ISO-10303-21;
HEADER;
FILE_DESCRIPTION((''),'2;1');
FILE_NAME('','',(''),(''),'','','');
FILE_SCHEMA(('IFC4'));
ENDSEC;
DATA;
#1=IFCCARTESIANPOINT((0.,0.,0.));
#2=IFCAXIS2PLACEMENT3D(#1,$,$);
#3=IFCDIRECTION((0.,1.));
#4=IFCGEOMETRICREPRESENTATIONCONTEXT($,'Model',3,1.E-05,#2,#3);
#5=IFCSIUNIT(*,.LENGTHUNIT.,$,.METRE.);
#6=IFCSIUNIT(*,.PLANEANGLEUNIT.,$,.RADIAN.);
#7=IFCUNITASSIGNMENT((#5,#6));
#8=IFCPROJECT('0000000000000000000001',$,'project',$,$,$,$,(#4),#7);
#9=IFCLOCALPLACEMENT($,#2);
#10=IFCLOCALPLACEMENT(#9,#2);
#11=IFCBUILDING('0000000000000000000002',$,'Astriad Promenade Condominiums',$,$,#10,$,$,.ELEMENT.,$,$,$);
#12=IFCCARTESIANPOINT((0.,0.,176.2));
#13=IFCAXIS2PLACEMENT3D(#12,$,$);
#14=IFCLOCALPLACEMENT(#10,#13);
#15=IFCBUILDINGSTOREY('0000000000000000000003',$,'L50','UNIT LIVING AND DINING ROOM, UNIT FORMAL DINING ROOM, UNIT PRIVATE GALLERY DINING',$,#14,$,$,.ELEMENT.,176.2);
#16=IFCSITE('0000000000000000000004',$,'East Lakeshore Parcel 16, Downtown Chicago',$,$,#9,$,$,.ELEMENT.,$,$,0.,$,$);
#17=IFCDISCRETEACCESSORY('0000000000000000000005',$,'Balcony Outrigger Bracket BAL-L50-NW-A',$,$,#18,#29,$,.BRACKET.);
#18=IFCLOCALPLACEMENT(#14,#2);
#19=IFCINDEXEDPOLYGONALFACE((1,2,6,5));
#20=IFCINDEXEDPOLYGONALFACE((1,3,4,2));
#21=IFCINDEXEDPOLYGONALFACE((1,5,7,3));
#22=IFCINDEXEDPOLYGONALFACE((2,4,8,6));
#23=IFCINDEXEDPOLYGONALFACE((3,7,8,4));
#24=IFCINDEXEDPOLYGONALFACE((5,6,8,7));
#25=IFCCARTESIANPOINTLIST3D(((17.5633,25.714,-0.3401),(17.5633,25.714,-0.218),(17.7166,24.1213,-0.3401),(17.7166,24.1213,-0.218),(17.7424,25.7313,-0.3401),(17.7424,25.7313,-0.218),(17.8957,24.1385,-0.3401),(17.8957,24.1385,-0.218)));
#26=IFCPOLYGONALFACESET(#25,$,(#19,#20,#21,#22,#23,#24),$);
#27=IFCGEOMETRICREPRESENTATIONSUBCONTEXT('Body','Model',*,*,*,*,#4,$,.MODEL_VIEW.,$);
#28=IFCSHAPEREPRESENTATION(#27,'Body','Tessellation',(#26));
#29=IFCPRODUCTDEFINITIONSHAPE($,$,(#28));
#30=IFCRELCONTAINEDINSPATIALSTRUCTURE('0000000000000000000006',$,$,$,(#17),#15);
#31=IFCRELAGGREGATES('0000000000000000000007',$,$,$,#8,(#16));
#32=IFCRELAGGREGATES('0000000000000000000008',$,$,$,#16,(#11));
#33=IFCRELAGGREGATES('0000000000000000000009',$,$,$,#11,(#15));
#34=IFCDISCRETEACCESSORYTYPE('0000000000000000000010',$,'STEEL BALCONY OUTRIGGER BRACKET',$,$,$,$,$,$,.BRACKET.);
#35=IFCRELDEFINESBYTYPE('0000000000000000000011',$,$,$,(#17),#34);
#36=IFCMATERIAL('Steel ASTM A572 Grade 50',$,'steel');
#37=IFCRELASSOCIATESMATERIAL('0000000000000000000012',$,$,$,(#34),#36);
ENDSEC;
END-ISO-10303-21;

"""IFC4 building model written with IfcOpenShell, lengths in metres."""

from ifc_helpers import new_model, si_unit, direction, frame, origin, origin_2d, place, context, subcontext, project, spatial, rectangle, extrude, source, transform, mapped, material, type_object, type_shapes, element, save


model = new_model("IFC4")

# Units and contexts
model_context = context("Model", 3, precision=1e-05, world=origin(), true_north=direction((0.0, 1.0)))
body_context = subcontext(model_context, "Body", "Model", "MODEL_VIEW")
ifc_project = project(units=[si_unit("LENGTHUNIT", "METRE"), si_unit("PLANEANGLEUNIT", "RADIAN")], contexts=[model_context])

# Site, building, storey
site_placement = place(None, origin())
site = spatial("IfcSite", under=ifc_project, at=site_placement, Name="East Lakeshore Parcel 16, Downtown Chicago", CompositionType="ELEMENT", RefElevation=0.0)
building_placement = place(site_placement, origin())
building = spatial("IfcBuilding", under=site, at=building_placement, Name="Astriad Promenade Condominiums", CompositionType="ELEMENT")
storey_placement = place(building_placement, frame((0.0, 0.0, 176.2)))
storey = spatial("IfcBuildingStorey", under=building, at=storey_placement, Name="L50", Description="UNIT LIVING AND DINING ROOM, UNIT FORMAL DINING ROOM, UNIT PRIVATE GALLERY DINING", CompositionType="ELEMENT", Elevation=176.2)

# Discrete accessory
ifc_material_1 = material(Name="Steel ASTM A572 Grade 50", Category="steel")
discrete_accessory_type = type_object("IfcDiscreteAccessoryType", Name="STEEL BALCONY OUTRIGGER BRACKET", PredefinedType="BRACKET", material=ifc_material_1)
shared_shape_1 = source(origin(), body_context, "Body", "SweptSolid", [
    extrude(rectangle(XDim=1.6001, YDim=0.1799, at=origin_2d()), origin(), (0.0, 0.0, 1.0), 0.1221),
])
type_shapes(discrete_accessory_type, [shared_shape_1])
discrete_accessory_placement = place(storey_placement, frame((17.7295, 24.9263, -0.3401), z_axis=(0.0, 0.0, 1.0), x_axis=(-0.095846, 0.995396, 0.0)))
element("IfcDiscreteAccessory", 1, at=discrete_accessory_placement, inside=storey, type_object=discrete_accessory_type, Name="Balcony Outrigger Bracket BAL-L50-NW-A", PredefinedType="BRACKET", context=body_context, shape_type="MappedRepresentation", body=[
    mapped(shared_shape_1, transform((0.0, 0.0, 0.0), scale=1.0)),
])

save(model, "model.ifc")
